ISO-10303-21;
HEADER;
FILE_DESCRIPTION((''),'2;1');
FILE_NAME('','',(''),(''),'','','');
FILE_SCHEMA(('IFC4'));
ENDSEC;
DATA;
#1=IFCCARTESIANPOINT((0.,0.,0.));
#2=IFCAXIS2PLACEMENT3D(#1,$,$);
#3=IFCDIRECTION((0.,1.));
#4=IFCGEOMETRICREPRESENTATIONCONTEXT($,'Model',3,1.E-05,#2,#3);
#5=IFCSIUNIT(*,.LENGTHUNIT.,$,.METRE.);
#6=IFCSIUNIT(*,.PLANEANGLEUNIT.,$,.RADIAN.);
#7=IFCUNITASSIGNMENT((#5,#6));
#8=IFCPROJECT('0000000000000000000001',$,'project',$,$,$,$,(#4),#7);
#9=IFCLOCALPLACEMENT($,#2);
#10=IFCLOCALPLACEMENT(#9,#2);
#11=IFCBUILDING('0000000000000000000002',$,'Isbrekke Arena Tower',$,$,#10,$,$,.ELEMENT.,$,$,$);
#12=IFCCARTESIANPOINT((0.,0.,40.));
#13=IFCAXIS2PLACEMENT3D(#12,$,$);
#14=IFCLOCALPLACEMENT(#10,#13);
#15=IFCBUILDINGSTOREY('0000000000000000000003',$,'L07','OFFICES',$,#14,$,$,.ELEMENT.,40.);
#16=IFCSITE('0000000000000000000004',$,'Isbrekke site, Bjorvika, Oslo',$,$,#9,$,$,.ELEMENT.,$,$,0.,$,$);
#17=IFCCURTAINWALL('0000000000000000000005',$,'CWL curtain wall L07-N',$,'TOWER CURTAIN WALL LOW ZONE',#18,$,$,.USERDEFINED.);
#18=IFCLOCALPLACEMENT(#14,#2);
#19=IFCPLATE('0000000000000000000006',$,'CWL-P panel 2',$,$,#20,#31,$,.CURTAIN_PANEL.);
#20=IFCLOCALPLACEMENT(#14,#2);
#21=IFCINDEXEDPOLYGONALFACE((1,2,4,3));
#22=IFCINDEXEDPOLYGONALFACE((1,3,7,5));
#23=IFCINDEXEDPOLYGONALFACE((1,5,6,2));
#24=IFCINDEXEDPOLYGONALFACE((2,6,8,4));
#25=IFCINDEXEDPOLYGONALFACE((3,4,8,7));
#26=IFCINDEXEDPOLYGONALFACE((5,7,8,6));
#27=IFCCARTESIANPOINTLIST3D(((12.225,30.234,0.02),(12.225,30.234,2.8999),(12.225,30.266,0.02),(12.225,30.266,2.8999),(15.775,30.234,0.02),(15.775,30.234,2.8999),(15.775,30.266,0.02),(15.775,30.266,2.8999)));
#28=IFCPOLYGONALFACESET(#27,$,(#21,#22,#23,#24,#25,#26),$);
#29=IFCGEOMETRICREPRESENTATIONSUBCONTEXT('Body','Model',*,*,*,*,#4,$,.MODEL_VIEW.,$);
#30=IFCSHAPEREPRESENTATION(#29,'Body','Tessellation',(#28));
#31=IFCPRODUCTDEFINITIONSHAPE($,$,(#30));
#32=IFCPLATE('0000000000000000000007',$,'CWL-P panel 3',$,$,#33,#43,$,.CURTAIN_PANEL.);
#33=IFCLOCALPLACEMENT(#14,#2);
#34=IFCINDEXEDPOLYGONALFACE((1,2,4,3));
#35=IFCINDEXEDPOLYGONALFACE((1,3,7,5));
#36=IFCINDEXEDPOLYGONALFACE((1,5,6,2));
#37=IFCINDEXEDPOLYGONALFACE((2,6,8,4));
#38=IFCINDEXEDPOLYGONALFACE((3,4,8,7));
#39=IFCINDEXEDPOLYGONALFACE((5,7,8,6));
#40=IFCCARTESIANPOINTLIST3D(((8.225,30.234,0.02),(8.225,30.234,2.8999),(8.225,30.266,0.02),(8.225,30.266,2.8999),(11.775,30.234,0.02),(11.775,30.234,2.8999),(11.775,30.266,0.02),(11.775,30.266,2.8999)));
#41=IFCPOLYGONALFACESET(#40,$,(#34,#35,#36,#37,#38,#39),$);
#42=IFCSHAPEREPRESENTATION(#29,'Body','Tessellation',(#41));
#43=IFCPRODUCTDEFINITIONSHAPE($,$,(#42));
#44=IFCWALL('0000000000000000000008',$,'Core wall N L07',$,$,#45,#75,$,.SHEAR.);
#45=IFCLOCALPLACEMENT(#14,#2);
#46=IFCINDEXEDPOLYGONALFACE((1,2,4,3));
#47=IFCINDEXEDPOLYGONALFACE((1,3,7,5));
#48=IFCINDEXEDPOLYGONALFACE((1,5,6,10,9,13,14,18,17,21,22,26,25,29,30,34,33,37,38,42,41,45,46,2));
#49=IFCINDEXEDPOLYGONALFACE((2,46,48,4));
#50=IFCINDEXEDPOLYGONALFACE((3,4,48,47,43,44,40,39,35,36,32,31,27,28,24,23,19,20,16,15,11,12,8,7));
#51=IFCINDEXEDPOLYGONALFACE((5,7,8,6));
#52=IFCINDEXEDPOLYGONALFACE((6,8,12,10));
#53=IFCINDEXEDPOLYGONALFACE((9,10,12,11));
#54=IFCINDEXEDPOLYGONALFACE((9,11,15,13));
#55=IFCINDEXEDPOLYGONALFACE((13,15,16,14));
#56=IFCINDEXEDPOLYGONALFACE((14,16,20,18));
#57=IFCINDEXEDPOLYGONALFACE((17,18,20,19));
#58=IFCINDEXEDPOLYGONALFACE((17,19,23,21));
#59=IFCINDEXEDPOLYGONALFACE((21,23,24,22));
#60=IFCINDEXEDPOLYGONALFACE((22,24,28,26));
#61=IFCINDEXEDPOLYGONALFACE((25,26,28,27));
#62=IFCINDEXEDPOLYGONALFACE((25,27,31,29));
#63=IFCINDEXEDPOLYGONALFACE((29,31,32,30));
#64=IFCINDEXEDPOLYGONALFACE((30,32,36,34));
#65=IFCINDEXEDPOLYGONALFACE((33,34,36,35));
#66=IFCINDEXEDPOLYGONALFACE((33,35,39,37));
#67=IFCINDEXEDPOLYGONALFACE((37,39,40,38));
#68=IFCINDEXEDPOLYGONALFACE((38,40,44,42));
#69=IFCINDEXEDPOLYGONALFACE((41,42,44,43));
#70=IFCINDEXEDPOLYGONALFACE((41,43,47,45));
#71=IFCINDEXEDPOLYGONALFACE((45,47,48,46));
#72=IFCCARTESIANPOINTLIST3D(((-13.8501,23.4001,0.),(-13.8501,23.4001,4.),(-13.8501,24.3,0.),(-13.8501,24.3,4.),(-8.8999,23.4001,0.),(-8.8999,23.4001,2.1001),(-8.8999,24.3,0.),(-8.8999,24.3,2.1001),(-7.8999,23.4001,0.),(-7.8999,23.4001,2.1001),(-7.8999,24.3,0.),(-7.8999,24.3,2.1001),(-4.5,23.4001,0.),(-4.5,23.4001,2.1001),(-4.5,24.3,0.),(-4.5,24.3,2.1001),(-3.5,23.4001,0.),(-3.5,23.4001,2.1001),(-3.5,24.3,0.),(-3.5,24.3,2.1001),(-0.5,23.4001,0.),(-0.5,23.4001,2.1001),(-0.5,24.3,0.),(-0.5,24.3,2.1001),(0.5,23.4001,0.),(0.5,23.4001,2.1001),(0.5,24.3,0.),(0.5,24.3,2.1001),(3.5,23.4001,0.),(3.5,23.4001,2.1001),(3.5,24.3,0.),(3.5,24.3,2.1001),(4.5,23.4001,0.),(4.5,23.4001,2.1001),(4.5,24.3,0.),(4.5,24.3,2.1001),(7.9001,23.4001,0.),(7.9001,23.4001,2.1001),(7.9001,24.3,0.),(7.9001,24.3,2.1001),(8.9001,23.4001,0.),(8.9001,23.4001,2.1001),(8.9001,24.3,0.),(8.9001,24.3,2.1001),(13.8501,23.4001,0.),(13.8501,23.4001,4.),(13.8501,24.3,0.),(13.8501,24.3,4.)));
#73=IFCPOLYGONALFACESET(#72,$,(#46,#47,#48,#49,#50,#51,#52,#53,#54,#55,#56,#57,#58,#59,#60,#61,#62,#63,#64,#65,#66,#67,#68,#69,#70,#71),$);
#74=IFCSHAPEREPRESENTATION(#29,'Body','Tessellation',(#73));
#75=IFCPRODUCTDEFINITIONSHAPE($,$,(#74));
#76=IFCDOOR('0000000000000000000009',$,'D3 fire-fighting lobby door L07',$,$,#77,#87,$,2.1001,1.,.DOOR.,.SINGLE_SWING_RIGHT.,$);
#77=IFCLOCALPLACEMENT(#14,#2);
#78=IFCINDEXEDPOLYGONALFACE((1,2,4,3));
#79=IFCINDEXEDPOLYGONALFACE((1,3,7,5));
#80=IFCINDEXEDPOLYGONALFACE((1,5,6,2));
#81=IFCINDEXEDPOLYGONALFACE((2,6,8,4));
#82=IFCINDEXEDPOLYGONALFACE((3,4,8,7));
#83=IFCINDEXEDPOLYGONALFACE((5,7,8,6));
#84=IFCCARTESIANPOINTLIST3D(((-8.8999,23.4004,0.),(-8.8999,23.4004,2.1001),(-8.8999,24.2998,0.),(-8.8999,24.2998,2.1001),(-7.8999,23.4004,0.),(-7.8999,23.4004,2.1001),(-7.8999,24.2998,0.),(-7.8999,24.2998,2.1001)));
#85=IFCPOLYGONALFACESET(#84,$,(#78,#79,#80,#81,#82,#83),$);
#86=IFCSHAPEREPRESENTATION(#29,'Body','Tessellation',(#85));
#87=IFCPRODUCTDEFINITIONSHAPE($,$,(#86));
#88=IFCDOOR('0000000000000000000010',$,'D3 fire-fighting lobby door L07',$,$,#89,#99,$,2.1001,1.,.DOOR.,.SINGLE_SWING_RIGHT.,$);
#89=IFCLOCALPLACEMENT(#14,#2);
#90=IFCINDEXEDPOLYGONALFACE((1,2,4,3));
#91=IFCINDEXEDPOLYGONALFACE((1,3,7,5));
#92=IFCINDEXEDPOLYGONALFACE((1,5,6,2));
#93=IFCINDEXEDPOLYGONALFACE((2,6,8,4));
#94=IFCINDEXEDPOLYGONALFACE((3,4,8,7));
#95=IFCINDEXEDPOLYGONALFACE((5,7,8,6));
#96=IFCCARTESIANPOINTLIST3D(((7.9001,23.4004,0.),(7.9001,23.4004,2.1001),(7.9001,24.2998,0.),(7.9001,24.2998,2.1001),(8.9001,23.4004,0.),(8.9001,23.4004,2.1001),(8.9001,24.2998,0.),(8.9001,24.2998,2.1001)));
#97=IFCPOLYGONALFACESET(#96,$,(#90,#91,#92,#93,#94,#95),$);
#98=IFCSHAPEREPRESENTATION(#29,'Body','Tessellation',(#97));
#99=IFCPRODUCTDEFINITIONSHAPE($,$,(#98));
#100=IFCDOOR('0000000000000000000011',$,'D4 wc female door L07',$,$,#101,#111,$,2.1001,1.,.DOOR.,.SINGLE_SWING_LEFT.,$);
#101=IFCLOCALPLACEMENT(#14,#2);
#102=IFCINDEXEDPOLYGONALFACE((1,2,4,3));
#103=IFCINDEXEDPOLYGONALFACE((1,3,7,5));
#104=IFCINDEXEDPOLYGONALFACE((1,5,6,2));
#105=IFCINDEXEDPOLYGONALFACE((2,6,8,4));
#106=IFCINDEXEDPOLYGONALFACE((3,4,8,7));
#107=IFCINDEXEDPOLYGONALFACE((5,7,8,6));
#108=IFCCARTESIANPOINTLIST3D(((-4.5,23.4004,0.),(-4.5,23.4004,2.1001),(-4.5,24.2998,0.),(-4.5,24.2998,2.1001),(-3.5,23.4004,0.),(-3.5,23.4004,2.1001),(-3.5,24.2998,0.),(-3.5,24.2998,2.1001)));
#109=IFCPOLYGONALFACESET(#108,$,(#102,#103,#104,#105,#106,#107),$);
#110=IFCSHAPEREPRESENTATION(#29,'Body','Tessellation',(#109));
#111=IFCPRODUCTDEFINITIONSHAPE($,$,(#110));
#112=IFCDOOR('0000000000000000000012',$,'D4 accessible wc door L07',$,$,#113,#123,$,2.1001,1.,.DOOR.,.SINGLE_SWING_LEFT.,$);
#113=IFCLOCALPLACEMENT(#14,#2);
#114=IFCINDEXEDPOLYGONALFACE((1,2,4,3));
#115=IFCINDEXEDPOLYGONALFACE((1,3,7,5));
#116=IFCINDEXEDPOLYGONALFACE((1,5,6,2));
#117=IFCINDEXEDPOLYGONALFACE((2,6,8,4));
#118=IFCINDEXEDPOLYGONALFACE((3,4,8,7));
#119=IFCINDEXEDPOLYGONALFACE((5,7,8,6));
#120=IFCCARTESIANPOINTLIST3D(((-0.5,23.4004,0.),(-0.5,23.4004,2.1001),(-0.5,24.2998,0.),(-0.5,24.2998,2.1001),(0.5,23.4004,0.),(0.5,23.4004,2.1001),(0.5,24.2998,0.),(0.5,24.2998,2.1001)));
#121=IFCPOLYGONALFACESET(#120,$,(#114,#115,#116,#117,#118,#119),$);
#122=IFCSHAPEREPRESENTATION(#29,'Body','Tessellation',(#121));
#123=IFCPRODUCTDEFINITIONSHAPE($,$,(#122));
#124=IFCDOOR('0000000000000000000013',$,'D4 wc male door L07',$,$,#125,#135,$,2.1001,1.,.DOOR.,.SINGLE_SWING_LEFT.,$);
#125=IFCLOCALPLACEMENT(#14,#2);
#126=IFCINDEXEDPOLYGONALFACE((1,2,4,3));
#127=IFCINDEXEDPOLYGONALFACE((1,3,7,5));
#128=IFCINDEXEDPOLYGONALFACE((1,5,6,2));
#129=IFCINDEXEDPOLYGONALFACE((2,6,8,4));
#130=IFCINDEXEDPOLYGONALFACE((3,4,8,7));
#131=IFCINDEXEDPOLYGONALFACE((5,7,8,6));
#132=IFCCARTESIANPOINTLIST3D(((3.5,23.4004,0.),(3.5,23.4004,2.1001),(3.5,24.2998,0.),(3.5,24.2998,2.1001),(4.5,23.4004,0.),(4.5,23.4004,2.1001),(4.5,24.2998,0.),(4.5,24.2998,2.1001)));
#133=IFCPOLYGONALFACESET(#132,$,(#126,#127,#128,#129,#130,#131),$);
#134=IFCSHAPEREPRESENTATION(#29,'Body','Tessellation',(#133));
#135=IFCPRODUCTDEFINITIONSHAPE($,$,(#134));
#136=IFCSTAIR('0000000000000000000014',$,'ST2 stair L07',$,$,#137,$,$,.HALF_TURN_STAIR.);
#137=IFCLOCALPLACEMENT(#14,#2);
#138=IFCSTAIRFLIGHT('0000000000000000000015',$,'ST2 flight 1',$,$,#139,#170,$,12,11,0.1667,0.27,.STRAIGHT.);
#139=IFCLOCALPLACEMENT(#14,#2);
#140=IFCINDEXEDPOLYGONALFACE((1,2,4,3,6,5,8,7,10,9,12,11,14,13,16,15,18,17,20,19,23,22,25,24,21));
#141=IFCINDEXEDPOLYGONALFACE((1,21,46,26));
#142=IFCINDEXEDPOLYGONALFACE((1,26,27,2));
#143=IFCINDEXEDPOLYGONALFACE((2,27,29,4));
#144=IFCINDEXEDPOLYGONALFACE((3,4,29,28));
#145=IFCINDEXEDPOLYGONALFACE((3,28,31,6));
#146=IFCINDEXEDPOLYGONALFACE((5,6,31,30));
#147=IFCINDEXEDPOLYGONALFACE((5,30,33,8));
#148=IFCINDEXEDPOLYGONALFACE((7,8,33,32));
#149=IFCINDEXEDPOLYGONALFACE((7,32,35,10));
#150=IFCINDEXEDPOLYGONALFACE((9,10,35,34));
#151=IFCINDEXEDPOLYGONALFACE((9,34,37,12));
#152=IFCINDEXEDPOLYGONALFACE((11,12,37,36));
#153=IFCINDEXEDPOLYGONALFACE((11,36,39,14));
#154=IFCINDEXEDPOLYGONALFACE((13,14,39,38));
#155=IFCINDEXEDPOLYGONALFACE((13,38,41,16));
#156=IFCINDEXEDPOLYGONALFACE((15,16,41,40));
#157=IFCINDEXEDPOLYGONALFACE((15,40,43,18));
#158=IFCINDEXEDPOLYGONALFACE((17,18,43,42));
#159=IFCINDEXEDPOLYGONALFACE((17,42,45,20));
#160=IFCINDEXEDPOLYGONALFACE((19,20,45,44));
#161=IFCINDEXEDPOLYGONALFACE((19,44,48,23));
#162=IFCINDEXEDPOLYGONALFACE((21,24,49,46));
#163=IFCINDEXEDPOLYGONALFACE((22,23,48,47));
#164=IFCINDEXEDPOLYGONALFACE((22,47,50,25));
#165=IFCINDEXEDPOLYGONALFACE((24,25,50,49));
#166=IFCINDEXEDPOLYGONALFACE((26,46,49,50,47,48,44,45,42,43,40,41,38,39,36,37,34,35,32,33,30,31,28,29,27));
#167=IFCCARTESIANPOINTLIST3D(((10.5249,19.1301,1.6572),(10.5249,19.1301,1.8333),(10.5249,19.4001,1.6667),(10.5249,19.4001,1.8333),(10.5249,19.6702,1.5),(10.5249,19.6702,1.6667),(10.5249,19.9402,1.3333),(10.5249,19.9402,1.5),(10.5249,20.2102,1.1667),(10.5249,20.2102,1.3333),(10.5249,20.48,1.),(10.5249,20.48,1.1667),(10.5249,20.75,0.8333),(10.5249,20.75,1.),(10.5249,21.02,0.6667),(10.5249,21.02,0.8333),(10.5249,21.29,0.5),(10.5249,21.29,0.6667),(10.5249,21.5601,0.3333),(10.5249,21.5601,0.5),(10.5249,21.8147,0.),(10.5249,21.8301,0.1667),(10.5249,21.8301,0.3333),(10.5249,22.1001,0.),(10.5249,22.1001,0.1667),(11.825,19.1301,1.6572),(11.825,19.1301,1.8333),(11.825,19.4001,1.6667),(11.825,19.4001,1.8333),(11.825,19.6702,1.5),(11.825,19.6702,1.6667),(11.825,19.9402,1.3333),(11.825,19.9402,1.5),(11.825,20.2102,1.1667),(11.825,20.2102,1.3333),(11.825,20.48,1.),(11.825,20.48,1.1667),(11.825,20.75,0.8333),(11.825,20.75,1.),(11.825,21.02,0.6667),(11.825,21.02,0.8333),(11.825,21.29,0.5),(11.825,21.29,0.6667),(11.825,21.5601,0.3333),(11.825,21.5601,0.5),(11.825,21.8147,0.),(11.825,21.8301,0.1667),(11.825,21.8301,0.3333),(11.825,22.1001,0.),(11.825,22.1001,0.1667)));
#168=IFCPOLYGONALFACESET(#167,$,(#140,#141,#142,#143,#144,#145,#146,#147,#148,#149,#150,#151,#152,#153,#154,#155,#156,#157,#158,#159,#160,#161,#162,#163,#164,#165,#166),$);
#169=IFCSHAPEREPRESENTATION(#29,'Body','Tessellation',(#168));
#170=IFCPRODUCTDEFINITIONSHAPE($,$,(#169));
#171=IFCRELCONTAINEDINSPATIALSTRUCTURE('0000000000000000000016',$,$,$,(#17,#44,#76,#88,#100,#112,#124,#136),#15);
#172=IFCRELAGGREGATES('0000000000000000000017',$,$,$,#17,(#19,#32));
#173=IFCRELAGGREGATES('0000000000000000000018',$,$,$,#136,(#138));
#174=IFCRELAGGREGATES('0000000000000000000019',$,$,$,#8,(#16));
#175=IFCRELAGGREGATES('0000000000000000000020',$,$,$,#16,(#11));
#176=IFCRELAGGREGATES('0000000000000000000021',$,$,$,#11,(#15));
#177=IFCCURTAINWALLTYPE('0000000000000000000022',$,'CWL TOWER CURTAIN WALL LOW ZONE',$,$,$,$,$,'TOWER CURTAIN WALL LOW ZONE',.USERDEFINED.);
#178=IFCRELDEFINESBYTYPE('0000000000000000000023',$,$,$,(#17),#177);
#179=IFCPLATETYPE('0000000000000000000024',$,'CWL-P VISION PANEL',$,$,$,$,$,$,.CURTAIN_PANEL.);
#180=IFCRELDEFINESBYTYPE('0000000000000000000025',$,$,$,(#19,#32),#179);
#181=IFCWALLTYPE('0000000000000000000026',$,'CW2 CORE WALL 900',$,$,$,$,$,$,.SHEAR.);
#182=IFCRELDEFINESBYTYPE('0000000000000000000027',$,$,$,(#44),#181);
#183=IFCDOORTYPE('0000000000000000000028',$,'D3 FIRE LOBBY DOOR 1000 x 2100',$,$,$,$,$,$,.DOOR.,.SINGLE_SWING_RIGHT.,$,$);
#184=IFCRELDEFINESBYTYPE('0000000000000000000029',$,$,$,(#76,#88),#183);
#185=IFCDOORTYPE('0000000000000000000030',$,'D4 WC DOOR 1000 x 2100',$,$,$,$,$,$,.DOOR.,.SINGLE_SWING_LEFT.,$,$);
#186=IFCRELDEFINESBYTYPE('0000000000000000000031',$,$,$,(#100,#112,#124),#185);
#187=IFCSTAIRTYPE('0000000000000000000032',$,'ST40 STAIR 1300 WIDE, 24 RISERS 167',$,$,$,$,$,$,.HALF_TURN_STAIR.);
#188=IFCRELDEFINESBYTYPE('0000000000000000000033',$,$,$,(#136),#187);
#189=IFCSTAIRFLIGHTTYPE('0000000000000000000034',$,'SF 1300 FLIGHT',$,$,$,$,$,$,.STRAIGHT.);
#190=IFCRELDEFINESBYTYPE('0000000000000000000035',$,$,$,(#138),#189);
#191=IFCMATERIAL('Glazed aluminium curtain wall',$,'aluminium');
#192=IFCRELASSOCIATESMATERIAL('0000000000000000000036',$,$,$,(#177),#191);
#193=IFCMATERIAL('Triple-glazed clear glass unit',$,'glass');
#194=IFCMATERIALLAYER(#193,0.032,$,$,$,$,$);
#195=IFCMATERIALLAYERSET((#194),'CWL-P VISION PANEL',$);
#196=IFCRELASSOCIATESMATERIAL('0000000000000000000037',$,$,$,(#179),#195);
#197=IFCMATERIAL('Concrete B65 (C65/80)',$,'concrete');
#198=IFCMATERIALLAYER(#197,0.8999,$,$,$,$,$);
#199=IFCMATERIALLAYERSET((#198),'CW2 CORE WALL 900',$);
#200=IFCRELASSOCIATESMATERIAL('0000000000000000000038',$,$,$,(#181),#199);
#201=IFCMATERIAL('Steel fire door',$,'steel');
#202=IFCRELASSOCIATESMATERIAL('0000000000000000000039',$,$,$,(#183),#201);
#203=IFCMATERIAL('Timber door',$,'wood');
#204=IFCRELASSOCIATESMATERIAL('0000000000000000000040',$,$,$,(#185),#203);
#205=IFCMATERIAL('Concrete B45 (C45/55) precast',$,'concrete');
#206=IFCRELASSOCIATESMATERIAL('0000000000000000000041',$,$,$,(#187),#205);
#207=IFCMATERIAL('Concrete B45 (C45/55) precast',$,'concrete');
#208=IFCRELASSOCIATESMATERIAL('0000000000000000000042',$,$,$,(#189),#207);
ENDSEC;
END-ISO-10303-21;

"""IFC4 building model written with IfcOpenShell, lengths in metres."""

from ifc_helpers import new_model, si_unit, direction, frame, frame_2d, origin, origin_2d, place, context, subcontext, project, spatial, polyline, rectangle, outline, extrude, material, layer, layer_set, type_object, element, fill, aggregate, save


model = new_model("IFC4")

# Units and contexts
model_context = context("Model", 3, precision=1e-05, world=origin(), true_north=direction((0.0, 1.0)))
body_context = subcontext(model_context, "Body", "Model", "MODEL_VIEW")
ifc_project = project(units=[si_unit("LENGTHUNIT", "METRE"), si_unit("PLANEANGLEUNIT", "RADIAN")], contexts=[model_context])

# Site, building, storey
site_placement = place(None, origin())
site = spatial("IfcSite", under=ifc_project, at=site_placement, Name="Isbrekke site, Bjorvika, Oslo", CompositionType="ELEMENT", RefElevation=0.0)
building_placement = place(site_placement, origin())
building = spatial("IfcBuilding", under=site, at=building_placement, Name="Isbrekke Arena Tower", CompositionType="ELEMENT")
storey_placement = place(building_placement, frame((0.0, 0.0, 40.0)))
storey = spatial("IfcBuildingStorey", under=building, at=storey_placement, Name="L07", Description="OFFICES", CompositionType="ELEMENT", Elevation=40.0)

# Curtain wall
ifc_material_1 = material(Name="Glazed aluminium curtain wall", Category="aluminium")
curtain_wall_type = type_object("IfcCurtainWallType", Name="CWL TOWER CURTAIN WALL LOW ZONE", ElementType="TOWER CURTAIN WALL LOW ZONE", PredefinedType="USERDEFINED", material=ifc_material_1)
curtain_wall_placement = place(storey_placement, origin())
curtain_wall = element("IfcCurtainWall", 1, at=curtain_wall_placement, inside=storey, type_object=curtain_wall_type, Name="CWL curtain wall L07-N", ObjectType="TOWER CURTAIN WALL LOW ZONE", PredefinedType="USERDEFINED")

# Plates
ifc_material_2 = material(Name="Triple-glazed clear glass unit", Category="glass")
ifc_layer_1 = layer(ifc_material_2, 0.032)
ifc_layer_set_1 = layer_set([ifc_layer_1], Name="CWL-P VISION PANEL")
plate_type = type_object("IfcPlateType", Name="CWL-P VISION PANEL", PredefinedType="CURTAIN_PANEL", material=ifc_layer_set_1)
plate_1_placement = place(storey_placement, frame((14.0, 30.25, 0.02), z_axis=(0.0, 0.0, 1.0), x_axis=(-1.0, 0.0, 0.0)))
plate_1 = element("IfcPlate", 2, at=plate_1_placement, type_object=plate_type, Name="CWL-P panel 2", PredefinedType="CURTAIN_PANEL", context=body_context, shape_type="SweptSolid", body=[
    extrude(rectangle(XDim=3.55, YDim=0.032, at=origin_2d()), origin(), (0.0, 0.0, 1.0), 2.8799),
])
plate_2_placement = place(storey_placement, frame((10.0, 30.25, 0.02), z_axis=(0.0, 0.0, 1.0), x_axis=(-1.0, 0.0, 0.0)))
plate_2 = element("IfcPlate", 3, at=plate_2_placement, type_object=plate_type, Name="CWL-P panel 3", PredefinedType="CURTAIN_PANEL", context=body_context, shape_type="SweptSolid", body=[
    extrude(rectangle(XDim=3.55, YDim=0.032, at=origin_2d()), origin(), (0.0, 0.0, 1.0), 2.8799),
])
aggregate(curtain_wall, [plate_1, plate_2])

# Wall, openings, doors
ifc_material_3 = material(Name="Concrete B65 (C65/80)", Category="concrete")
ifc_layer_2 = layer(ifc_material_3, 0.8999)
ifc_layer_set_2 = layer_set([ifc_layer_2], Name="CW2 CORE WALL 900")
wall_type = type_object("IfcWallType", Name="CW2 CORE WALL 900", PredefinedType="SHEAR", material=ifc_layer_set_2)
wall_placement = place(storey_placement, frame((13.8501, 23.8501, 0.0), z_axis=(0.0, 0.0, 1.0), x_axis=(-1.0, 0.0, 0.0)))
wall = element("IfcWall", 4, at=wall_placement, inside=storey, type_object=wall_type, Name="Core wall N L07", PredefinedType="SHEAR", context=body_context, shape_type="SweptSolid", body=[
    extrude(rectangle(XDim=27.7002, YDim=0.8999, at=frame_2d((13.8501, 0.0))), origin(), (0.0, 0.0, 1.0), 4.0),
])
opening_1_placement = place(wall_placement, frame((21.75, 0.0, 0.0)))
opening_1 = element("IfcOpeningElement", 5, at=opening_1_placement, cuts=wall, PredefinedType="OPENING", context=body_context, shape_type="SweptSolid", body=[
    extrude(rectangle(XDim=1.0, YDim=2.1001, at=frame_2d((0.5, 1.05))), frame((0.0, 0.4648, 0.0), z_axis=(0.0, -1.0, 0.0), x_axis=(1.0, 0.0, 0.0)), (0.0, 0.0, 1.0), 0.9297),
])
opening_2_placement = place(wall_placement, frame((4.95, 0.0, 0.0)))
opening_2 = element("IfcOpeningElement", 6, at=opening_2_placement, cuts=wall, PredefinedType="OPENING", context=body_context, shape_type="SweptSolid", body=[
    extrude(rectangle(XDim=1.0, YDim=2.1001, at=frame_2d((0.5, 1.05))), frame((0.0, 0.4648, 0.0), z_axis=(0.0, -1.0, 0.0), x_axis=(1.0, 0.0, 0.0)), (0.0, 0.0, 1.0), 0.9297),
])
opening_3_placement = place(wall_placement, frame((17.3501, 0.0, 0.0)))
opening_3 = element("IfcOpeningElement", 7, at=opening_3_placement, cuts=wall, PredefinedType="OPENING", context=body_context, shape_type="SweptSolid", body=[
    extrude(rectangle(XDim=1.0, YDim=2.1001, at=frame_2d((0.5, 1.05))), frame((0.0, 0.4648, 0.0), z_axis=(0.0, -1.0, 0.0), x_axis=(1.0, 0.0, 0.0)), (0.0, 0.0, 1.0), 0.9297),
])
opening_4_placement = place(wall_placement, frame((13.3501, 0.0, 0.0)))
opening_4 = element("IfcOpeningElement", 8, at=opening_4_placement, cuts=wall, PredefinedType="OPENING", context=body_context, shape_type="SweptSolid", body=[
    extrude(rectangle(XDim=1.0, YDim=2.1001, at=frame_2d((0.5, 1.05))), frame((0.0, 0.4648, 0.0), z_axis=(0.0, -1.0, 0.0), x_axis=(1.0, 0.0, 0.0)), (0.0, 0.0, 1.0), 0.9297),
])
opening_5_placement = place(wall_placement, frame((9.3501, 0.0, 0.0)))
opening_5 = element("IfcOpeningElement", 9, at=opening_5_placement, cuts=wall, PredefinedType="OPENING", context=body_context, shape_type="SweptSolid", body=[
    extrude(rectangle(XDim=1.0, YDim=2.1001, at=frame_2d((0.5, 1.05))), frame((0.0, 0.4648, 0.0), z_axis=(0.0, -1.0, 0.0), x_axis=(1.0, 0.0, 0.0)), (0.0, 0.0, 1.0), 0.9297),
])
ifc_material_4 = material(Name="Steel fire door", Category="steel")
door_type_1 = type_object("IfcDoorType", Name="D3 FIRE LOBBY DOOR 1000 x 2100", OperationType="SINGLE_SWING_RIGHT", PredefinedType="DOOR", material=ifc_material_4)
door_1_placement = place(opening_1_placement, origin())
door_1 = element("IfcDoor", 10, at=door_1_placement, inside=storey, type_object=door_type_1, Name="D3 fire-fighting lobby door L07", OperationType="SINGLE_SWING_RIGHT", OverallHeight=2.1001, OverallWidth=1.0, PredefinedType="DOOR", context=body_context, shape_type="SweptSolid", body=[
    extrude(rectangle(XDim=1.0, YDim=2.1001, at=frame_2d((0.5, 1.05))), frame((0.0, 0.4497, 0.0), z_axis=(0.0, -1.0, 0.0), x_axis=(1.0, 0.0, 0.0)), (0.0, 0.0, 1.0), 0.8994),
])
fill(opening_1, door_1)
door_2_placement = place(opening_2_placement, origin())
door_2 = element("IfcDoor", 11, at=door_2_placement, inside=storey, type_object=door_type_1, Name="D3 fire-fighting lobby door L07", OperationType="SINGLE_SWING_RIGHT", OverallHeight=2.1001, OverallWidth=1.0, PredefinedType="DOOR", context=body_context, shape_type="SweptSolid", body=[
    extrude(rectangle(XDim=1.0, YDim=2.1001, at=frame_2d((0.5, 1.05))), frame((0.0, 0.4497, 0.0), z_axis=(0.0, -1.0, 0.0), x_axis=(1.0, 0.0, 0.0)), (0.0, 0.0, 1.0), 0.8994),
])
fill(opening_2, door_2)
ifc_material_5 = material(Name="Timber door", Category="wood")
door_type_2 = type_object("IfcDoorType", Name="D4 WC DOOR 1000 x 2100", OperationType="SINGLE_SWING_LEFT", PredefinedType="DOOR", material=ifc_material_5)
door_3_placement = place(opening_3_placement, origin())
door_3 = element("IfcDoor", 12, at=door_3_placement, inside=storey, type_object=door_type_2, Name="D4 wc female door L07", OperationType="SINGLE_SWING_LEFT", OverallHeight=2.1001, OverallWidth=1.0, PredefinedType="DOOR", context=body_context, shape_type="SweptSolid", body=[
    extrude(rectangle(XDim=1.0, YDim=2.1001, at=frame_2d((0.5, 1.05))), frame((0.0, 0.4497, 0.0), z_axis=(0.0, -1.0, 0.0), x_axis=(1.0, 0.0, 0.0)), (0.0, 0.0, 1.0), 0.8994),
])
fill(opening_3, door_3)
door_4_placement = place(opening_4_placement, origin())
door_4 = element("IfcDoor", 13, at=door_4_placement, inside=storey, type_object=door_type_2, Name="D4 accessible wc door L07", OperationType="SINGLE_SWING_LEFT", OverallHeight=2.1001, OverallWidth=1.0, PredefinedType="DOOR", context=body_context, shape_type="SweptSolid", body=[
    extrude(rectangle(XDim=1.0, YDim=2.1001, at=frame_2d((0.5, 1.05))), frame((0.0, 0.4497, 0.0), z_axis=(0.0, -1.0, 0.0), x_axis=(1.0, 0.0, 0.0)), (0.0, 0.0, 1.0), 0.8994),
])
fill(opening_4, door_4)
door_5_placement = place(opening_5_placement, origin())
door_5 = element("IfcDoor", 14, at=door_5_placement, inside=storey, type_object=door_type_2, Name="D4 wc male door L07", OperationType="SINGLE_SWING_LEFT", OverallHeight=2.1001, OverallWidth=1.0, PredefinedType="DOOR", context=body_context, shape_type="SweptSolid", body=[
    extrude(rectangle(XDim=1.0, YDim=2.1001, at=frame_2d((0.5, 1.05))), frame((0.0, 0.4497, 0.0), z_axis=(0.0, -1.0, 0.0), x_axis=(1.0, 0.0, 0.0)), (0.0, 0.0, 1.0), 0.8994),
])
fill(opening_5, door_5)

# Stair, stair flight
ifc_material_6 = material(Name="Concrete B45 (C45/55) precast", Category="concrete")
stair_type = type_object("IfcStairType", Name="ST40 STAIR 1300 WIDE, 24 RISERS 167", PredefinedType="HALF_TURN_STAIR", material=ifc_material_6)
stair_placement = place(storey_placement, origin())
stair = element("IfcStair", 15, at=stair_placement, inside=storey, type_object=stair_type, Name="ST2 stair L07", PredefinedType="HALF_TURN_STAIR")
ifc_material_7 = material(Name="Concrete B45 (C45/55) precast", Category="concrete")
stair_flight_type = type_object("IfcStairFlightType", Name="SF 1300 FLIGHT", PredefinedType="STRAIGHT", material=ifc_material_7)
stair_flight_1_placement = place(storey_placement, frame((11.175, 22.1001, 0.0), z_axis=(0.0, 0.0, 1.0), x_axis=(0.0, -1.0, 0.0)))
stair_flight_1 = element("IfcStairFlight", 16, at=stair_flight_1_placement, type_object=stair_flight_type, Name="ST2 flight 1", NumberOfRisers=12, NumberOfTreads=11, PredefinedType="STRAIGHT", RiserHeight=0.1667, TreadLength=0.27, context=body_context, shape_type="SweptSolid", body=[
    extrude(outline(polyline([(0.0, 0.0), (0.0, 0.1667), (0.27, 0.1667), (0.27, 0.3333), (0.54, 0.3333), (0.54, 0.5), (0.8101, 0.5), (0.8101, 0.6667), (1.0801, 0.6667), (1.0801, 0.8333), (1.3501, 0.8333), (1.3501, 1.0), (1.6201, 1.0), (1.6201, 1.1667), (1.8899, 1.1667), (1.8899, 1.3333), (2.1599, 1.3333), (2.1599, 1.5), (2.4299, 1.5), (2.4299, 1.6667), (2.7, 1.6667), (2.7, 1.8333), (2.97, 1.8333), (2.97, 2.0), (2.97, 1.6572), (0.2854, 0.0), (0.0, 0.0)])), frame((0.0, 0.6499, 0.0), z_axis=(0.0, -1.0, 0.0), x_axis=(1.0, 0.0, 0.0)), (0.0, 0.0, 1.0), 1.3),
])
aggregate(stair, [stair_flight_1])

save(model, "model.ifc")
